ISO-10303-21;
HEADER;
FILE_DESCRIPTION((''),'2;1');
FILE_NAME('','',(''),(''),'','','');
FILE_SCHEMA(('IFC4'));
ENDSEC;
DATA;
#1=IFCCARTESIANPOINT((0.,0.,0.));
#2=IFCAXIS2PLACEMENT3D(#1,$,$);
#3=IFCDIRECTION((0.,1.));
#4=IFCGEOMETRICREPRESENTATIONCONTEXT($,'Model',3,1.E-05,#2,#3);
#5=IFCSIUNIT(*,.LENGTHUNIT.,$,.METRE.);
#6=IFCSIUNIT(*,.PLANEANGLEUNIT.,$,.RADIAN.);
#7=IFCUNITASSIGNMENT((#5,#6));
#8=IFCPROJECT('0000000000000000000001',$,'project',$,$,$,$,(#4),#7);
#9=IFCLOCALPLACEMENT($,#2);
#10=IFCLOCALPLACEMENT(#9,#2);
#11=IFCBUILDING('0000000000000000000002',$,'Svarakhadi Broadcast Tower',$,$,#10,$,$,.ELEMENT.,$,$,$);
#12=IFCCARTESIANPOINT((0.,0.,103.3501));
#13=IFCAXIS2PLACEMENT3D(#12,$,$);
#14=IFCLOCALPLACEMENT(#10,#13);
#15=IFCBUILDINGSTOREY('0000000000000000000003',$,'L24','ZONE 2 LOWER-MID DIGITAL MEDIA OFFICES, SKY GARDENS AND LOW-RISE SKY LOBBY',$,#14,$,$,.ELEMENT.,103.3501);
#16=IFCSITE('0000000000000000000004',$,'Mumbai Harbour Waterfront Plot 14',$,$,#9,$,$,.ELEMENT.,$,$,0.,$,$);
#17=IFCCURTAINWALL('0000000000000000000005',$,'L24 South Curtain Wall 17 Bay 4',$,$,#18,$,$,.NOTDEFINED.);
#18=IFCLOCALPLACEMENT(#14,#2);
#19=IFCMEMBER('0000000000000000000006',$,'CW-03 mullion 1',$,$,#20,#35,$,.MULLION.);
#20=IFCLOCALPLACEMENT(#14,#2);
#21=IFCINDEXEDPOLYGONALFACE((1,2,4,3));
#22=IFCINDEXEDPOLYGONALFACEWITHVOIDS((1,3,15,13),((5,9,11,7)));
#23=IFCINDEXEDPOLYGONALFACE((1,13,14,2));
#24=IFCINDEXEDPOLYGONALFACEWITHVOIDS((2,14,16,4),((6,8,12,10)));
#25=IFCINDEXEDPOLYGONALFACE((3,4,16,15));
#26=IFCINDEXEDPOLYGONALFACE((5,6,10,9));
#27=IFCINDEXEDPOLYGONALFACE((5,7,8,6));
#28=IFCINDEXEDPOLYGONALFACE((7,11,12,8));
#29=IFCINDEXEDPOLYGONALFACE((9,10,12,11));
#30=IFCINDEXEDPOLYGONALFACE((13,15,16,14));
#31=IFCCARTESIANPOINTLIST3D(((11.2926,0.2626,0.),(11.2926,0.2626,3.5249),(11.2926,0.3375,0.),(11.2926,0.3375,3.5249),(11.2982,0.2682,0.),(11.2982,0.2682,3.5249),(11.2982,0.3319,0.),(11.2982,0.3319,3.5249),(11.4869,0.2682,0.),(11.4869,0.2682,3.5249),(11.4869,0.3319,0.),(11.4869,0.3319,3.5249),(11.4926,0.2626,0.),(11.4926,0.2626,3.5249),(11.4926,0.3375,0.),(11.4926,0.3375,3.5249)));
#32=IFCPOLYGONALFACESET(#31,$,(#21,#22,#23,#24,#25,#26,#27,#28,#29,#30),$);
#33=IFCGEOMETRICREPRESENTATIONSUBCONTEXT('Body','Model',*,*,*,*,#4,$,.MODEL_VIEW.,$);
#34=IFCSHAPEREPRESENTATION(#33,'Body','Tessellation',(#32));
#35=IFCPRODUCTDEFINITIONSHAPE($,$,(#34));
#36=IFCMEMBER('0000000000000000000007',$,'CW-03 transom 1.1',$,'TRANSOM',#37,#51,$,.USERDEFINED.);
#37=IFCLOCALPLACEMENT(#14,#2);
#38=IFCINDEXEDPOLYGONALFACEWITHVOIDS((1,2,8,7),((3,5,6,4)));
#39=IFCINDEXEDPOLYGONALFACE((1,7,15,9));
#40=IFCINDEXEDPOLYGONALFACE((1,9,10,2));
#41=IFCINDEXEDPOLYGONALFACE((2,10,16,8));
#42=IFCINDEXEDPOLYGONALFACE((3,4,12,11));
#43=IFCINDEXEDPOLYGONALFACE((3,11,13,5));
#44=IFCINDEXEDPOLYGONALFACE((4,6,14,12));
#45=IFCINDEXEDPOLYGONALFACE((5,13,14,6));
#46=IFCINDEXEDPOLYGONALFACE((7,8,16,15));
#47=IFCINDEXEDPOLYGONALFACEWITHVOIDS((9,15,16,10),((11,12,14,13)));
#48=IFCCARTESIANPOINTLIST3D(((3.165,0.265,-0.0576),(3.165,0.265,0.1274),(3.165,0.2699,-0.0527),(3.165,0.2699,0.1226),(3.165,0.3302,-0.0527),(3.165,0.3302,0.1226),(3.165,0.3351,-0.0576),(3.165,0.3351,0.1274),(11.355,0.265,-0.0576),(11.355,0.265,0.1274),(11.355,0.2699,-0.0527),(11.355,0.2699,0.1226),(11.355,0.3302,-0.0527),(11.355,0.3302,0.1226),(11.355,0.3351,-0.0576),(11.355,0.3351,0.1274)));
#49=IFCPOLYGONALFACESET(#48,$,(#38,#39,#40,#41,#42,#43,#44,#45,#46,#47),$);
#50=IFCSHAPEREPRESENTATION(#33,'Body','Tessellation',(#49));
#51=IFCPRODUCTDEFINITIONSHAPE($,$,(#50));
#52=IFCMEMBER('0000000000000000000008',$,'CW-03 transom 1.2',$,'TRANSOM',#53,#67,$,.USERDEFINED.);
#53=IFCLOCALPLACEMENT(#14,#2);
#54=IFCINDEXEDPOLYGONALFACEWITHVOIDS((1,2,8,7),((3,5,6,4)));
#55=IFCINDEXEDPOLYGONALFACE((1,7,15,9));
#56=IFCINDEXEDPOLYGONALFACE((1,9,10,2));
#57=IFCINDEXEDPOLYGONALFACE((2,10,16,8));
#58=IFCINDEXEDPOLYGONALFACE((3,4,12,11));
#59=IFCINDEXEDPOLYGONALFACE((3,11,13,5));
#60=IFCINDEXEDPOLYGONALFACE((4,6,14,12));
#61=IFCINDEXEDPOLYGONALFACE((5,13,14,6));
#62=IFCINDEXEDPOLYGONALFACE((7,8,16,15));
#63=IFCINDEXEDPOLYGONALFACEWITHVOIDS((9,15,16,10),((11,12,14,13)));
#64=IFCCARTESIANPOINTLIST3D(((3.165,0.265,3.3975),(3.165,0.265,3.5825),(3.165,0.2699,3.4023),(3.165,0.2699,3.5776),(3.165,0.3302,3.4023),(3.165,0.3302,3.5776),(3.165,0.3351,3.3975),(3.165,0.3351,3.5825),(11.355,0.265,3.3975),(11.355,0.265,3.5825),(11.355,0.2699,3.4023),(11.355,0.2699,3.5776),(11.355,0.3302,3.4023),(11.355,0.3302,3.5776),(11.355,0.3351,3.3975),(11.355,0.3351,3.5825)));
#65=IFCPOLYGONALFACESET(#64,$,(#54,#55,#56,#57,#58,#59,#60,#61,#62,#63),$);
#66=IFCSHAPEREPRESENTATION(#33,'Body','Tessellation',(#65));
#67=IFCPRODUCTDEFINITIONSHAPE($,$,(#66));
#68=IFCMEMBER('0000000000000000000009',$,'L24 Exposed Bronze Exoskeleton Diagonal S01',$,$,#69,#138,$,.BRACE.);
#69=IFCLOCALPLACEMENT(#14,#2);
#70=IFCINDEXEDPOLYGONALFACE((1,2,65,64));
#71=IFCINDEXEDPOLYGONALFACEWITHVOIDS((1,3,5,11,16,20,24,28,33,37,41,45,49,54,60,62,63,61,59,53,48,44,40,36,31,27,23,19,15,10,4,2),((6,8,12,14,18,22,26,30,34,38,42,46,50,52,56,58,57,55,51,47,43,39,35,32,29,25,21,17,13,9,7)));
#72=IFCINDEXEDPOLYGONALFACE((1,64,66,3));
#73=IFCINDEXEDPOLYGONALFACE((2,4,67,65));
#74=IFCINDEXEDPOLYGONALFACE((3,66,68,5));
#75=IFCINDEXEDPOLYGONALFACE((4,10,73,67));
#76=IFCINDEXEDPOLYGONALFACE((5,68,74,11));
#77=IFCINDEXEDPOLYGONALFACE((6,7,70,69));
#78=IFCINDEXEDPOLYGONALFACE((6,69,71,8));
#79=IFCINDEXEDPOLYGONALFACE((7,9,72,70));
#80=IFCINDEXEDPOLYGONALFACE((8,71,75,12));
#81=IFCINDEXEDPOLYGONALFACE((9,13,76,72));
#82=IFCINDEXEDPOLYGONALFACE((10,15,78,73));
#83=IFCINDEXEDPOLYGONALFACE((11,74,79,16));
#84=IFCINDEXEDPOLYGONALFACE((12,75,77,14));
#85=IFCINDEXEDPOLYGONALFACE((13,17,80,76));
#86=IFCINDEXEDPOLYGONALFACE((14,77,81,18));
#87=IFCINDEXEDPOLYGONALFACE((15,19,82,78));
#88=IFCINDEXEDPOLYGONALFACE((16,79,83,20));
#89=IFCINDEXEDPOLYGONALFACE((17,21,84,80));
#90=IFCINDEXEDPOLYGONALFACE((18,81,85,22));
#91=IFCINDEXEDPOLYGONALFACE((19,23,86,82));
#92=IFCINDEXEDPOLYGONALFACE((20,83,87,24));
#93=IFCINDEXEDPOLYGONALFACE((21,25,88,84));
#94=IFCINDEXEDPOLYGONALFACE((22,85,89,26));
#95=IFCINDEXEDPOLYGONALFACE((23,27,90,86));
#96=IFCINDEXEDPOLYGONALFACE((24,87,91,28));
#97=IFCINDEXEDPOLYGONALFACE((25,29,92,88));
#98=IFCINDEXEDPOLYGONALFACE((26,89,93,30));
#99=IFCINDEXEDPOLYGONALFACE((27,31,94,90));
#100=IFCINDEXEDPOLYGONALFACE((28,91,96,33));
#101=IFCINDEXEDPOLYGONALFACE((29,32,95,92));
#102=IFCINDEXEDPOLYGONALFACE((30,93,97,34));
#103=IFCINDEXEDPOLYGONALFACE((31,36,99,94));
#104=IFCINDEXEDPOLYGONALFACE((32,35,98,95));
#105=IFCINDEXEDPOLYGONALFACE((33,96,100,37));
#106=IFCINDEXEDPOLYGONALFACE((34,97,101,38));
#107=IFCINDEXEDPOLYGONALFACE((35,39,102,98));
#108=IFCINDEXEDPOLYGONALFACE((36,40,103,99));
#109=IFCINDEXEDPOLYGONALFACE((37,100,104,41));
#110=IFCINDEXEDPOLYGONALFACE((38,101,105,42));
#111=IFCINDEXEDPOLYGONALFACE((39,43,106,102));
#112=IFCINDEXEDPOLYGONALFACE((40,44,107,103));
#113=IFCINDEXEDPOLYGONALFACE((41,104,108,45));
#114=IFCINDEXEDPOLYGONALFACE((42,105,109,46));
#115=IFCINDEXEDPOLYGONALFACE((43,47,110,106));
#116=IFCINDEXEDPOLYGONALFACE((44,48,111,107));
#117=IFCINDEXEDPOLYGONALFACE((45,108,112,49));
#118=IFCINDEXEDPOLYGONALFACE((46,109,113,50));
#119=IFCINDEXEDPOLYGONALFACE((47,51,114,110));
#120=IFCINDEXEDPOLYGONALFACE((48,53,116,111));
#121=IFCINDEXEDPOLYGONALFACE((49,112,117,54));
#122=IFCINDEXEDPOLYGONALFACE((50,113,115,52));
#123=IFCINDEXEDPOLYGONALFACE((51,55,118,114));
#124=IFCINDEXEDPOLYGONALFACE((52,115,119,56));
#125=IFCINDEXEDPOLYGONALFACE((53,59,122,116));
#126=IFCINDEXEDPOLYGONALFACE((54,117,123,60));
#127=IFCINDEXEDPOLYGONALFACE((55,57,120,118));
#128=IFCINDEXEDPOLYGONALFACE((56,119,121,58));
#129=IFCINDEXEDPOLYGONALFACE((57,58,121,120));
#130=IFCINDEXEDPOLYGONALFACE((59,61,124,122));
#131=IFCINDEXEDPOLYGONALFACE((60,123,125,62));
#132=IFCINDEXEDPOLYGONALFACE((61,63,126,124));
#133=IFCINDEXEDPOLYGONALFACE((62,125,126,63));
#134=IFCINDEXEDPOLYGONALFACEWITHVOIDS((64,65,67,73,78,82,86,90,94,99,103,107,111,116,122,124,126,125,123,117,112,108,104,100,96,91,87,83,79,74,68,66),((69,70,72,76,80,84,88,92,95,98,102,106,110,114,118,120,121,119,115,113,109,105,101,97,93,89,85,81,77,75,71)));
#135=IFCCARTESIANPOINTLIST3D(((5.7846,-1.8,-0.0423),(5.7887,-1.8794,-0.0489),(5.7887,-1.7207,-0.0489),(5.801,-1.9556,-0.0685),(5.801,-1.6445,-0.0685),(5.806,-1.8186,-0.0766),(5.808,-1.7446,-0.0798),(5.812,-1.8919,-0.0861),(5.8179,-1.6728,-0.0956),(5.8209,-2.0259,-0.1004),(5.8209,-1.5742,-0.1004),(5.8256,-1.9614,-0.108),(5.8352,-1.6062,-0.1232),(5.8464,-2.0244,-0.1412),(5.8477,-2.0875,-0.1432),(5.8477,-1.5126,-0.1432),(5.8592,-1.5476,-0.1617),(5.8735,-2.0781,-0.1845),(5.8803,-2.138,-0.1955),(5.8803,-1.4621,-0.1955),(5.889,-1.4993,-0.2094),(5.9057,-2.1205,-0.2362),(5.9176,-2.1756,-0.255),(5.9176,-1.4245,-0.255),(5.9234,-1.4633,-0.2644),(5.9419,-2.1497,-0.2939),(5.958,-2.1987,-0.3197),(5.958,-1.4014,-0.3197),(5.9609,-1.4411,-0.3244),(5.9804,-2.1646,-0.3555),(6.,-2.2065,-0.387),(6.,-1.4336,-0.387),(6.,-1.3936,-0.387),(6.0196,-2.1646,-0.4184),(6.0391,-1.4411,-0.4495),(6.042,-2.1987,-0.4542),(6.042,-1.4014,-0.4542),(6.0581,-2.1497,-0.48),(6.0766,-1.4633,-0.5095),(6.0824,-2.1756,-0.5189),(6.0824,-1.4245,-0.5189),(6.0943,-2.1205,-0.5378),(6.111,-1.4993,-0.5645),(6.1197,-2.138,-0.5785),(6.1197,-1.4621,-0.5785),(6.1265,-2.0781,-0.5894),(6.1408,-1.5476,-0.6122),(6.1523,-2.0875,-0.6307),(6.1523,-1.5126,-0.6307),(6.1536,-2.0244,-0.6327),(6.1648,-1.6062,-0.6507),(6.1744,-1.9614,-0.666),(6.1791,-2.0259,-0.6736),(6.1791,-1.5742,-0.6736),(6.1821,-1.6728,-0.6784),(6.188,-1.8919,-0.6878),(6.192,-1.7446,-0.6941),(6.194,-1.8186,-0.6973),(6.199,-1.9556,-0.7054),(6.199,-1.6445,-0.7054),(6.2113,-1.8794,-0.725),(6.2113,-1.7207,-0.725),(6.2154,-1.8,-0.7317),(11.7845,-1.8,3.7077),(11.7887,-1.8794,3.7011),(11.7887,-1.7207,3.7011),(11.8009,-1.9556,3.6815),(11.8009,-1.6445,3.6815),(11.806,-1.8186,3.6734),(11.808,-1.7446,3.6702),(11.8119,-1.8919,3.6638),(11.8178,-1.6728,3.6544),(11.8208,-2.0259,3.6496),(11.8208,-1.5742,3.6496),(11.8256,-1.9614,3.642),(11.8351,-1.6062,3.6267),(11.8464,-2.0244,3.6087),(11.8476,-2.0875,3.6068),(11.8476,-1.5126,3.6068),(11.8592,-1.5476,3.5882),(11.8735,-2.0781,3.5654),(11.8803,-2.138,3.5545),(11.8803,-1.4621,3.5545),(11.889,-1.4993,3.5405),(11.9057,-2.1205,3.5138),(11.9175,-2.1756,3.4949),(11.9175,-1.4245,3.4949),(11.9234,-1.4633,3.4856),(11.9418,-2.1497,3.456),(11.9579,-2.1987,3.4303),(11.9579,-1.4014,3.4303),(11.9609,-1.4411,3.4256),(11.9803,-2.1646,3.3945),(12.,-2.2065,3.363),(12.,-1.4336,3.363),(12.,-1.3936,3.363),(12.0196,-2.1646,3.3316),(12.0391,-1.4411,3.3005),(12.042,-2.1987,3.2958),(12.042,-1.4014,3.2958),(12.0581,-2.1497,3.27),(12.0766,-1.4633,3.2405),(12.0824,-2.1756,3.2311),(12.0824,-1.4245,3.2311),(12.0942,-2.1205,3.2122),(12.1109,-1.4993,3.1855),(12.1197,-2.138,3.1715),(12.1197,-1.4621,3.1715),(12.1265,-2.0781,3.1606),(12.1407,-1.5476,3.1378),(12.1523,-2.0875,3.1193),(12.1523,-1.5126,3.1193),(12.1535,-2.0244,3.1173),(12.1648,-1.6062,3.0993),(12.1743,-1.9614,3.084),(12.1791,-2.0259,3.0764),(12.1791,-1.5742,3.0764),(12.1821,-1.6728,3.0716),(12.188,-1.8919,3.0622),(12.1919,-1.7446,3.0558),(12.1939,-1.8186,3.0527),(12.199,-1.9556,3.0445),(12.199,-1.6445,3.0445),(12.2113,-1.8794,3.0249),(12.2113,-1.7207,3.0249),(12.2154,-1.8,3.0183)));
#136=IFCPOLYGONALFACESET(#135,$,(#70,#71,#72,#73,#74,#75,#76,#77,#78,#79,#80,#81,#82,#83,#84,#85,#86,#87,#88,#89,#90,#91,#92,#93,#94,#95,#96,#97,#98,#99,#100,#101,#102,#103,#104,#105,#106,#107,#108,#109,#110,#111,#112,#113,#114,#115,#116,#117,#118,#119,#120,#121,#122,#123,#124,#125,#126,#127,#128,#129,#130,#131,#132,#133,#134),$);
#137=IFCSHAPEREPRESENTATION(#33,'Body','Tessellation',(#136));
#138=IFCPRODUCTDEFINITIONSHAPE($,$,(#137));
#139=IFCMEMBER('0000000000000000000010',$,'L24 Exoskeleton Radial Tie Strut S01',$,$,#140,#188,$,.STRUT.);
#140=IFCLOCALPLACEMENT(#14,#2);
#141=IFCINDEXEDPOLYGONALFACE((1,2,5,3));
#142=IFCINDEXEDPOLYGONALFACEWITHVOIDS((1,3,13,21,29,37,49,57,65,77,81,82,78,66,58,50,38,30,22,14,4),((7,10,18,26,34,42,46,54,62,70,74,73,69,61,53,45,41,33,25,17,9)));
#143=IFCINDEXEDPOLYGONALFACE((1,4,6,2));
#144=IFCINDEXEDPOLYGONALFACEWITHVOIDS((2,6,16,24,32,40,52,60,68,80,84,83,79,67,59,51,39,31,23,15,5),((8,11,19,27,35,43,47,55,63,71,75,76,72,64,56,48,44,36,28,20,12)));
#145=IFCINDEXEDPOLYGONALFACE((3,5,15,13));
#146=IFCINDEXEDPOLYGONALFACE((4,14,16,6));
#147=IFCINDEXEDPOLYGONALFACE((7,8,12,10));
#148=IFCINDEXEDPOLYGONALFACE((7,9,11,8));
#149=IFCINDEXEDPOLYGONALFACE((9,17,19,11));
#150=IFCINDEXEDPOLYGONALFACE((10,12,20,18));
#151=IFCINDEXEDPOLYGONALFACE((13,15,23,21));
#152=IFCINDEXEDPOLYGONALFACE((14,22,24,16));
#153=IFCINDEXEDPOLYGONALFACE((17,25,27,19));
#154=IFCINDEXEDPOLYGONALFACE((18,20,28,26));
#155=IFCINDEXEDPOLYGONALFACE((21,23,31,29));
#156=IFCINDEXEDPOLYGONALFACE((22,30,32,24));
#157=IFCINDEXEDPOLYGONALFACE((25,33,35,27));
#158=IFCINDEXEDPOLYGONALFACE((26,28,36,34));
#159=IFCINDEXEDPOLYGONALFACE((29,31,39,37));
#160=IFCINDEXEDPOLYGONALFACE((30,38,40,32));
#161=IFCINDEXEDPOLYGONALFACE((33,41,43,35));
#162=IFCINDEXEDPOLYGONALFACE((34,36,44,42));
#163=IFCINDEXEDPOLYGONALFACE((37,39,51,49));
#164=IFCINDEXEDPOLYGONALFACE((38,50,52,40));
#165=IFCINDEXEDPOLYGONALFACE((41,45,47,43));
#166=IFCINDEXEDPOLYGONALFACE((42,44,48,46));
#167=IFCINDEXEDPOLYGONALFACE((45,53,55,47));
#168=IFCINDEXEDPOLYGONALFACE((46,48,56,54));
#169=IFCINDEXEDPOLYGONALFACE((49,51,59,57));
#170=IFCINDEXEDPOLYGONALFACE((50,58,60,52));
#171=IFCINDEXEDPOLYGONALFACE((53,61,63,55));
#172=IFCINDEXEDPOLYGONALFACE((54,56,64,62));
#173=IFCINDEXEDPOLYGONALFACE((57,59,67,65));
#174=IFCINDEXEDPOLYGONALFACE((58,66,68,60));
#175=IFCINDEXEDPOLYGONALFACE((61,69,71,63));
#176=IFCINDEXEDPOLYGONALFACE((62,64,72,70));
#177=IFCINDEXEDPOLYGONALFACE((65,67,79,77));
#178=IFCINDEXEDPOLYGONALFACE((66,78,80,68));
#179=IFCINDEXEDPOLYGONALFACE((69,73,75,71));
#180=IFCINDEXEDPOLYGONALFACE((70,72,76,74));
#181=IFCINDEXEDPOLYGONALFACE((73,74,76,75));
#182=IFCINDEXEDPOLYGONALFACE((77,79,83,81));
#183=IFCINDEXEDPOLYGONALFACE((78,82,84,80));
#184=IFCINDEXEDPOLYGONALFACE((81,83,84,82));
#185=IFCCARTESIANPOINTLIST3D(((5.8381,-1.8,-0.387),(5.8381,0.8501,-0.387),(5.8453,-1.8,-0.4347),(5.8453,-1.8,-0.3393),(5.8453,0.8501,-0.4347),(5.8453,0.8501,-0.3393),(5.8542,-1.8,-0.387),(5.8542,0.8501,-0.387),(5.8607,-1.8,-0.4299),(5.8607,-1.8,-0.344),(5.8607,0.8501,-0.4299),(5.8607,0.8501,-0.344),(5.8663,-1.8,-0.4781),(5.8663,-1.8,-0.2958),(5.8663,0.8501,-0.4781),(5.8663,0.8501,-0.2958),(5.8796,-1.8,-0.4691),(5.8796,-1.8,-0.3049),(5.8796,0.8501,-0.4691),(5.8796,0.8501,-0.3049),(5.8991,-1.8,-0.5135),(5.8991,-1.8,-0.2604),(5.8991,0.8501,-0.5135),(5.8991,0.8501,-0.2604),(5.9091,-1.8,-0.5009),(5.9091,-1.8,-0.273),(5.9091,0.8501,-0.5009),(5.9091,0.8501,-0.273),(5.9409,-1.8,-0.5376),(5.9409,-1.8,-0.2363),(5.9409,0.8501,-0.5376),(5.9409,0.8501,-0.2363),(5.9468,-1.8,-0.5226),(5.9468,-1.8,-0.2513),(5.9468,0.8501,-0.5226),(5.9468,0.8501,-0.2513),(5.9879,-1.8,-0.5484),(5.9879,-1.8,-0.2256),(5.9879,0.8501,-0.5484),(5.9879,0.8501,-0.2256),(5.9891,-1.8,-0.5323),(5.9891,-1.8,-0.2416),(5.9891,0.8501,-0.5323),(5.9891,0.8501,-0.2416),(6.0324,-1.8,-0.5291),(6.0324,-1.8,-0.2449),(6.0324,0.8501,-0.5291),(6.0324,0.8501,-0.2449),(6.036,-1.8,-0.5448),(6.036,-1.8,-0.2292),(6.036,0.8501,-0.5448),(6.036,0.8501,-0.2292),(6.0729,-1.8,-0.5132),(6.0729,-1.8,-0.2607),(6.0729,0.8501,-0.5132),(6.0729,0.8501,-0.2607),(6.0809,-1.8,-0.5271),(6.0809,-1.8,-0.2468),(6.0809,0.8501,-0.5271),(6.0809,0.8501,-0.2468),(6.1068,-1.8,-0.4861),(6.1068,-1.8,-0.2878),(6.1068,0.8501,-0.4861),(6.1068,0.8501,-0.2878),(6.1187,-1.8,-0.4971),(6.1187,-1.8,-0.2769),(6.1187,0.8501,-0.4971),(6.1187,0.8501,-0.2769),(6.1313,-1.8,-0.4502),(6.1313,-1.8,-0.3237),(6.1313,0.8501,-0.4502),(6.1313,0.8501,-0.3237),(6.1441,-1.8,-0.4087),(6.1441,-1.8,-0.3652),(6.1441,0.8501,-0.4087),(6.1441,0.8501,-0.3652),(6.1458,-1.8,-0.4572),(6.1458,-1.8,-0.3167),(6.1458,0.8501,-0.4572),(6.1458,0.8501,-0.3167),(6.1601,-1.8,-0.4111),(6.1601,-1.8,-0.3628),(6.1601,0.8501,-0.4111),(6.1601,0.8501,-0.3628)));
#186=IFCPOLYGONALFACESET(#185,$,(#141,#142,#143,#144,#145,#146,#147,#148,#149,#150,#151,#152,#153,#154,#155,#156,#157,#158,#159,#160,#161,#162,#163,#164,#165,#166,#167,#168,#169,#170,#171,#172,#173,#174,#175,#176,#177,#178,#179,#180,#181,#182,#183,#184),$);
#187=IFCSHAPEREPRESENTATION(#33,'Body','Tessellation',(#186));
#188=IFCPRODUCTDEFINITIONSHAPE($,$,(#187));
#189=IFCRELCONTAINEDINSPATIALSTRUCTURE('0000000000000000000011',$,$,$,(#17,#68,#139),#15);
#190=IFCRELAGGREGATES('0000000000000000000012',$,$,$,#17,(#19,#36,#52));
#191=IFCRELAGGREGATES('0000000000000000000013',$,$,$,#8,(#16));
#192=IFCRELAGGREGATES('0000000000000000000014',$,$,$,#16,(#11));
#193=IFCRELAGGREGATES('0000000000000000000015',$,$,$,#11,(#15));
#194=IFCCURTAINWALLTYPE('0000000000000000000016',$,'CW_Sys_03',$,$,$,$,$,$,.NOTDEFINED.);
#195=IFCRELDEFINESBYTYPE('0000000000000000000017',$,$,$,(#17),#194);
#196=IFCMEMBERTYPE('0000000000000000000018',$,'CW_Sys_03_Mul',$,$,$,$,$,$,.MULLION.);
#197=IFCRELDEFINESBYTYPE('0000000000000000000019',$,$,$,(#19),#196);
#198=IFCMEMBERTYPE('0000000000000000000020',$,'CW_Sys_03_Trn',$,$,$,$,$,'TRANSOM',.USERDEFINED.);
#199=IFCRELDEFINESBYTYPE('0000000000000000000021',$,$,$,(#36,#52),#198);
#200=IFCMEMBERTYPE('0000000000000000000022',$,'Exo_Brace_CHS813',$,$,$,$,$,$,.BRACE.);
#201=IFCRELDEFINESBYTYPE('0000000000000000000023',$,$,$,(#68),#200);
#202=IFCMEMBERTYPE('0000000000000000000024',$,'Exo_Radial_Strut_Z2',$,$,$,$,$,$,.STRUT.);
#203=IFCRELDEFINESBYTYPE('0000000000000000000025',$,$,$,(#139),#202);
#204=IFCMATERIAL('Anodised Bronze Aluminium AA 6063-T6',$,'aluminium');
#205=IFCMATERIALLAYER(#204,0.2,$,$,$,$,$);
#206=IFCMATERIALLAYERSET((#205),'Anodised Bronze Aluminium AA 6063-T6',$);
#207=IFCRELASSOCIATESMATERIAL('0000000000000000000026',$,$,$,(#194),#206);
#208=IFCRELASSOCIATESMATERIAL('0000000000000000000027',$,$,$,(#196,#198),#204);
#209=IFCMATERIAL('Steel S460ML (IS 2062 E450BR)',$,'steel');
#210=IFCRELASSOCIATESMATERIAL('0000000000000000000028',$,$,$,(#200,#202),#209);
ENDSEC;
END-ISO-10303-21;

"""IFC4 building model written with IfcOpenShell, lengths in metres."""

from ifc_helpers import new_model, si_unit, direction, frame, origin, origin_2d, place, context, subcontext, project, spatial, hollow_rectangle, hollow_circle, extrude, material, layer, layer_set, material_profile, profile_set, type_object, element, aggregate, save


model = new_model("IFC4")

# Units and contexts
model_context = context("Model", 3, precision=1e-05, world=origin(), true_north=direction((0.0, 1.0)))
body_context = subcontext(model_context, "Body", "Model", "MODEL_VIEW")
ifc_project = project(units=[si_unit("LENGTHUNIT", "METRE"), si_unit("PLANEANGLEUNIT", "RADIAN")], contexts=[model_context])

# Site, building, storey
site_placement = place(None, origin())
site = spatial("IfcSite", under=ifc_project, at=site_placement, Name="Mumbai Harbour Waterfront Plot 14", CompositionType="ELEMENT", RefElevation=0.0)
building_placement = place(site_placement, origin())
building = spatial("IfcBuilding", under=site, at=building_placement, Name="Svarakhadi Broadcast Tower", CompositionType="ELEMENT")
storey_placement = place(building_placement, frame((0.0, 0.0, 103.3501)))
storey = spatial("IfcBuildingStorey", under=building, at=storey_placement, Name="L24", Description="ZONE 2 LOWER-MID DIGITAL MEDIA OFFICES, SKY GARDENS AND LOW-RISE SKY LOBBY", CompositionType="ELEMENT", Elevation=103.3501)

# Shared definitions
ifc_material_1 = material(Name="Steel S460ML (IS 2062 E450BR)", Category="steel")

# Shared definitions
ifc_material_2 = material(Name="Anodised Bronze Aluminium AA 6063-T6", Category="aluminium")
ifc_layer_1 = layer(ifc_material_2, 0.2)
ifc_layer_set_1 = layer_set([ifc_layer_1], Name="Anodised Bronze Aluminium AA 6063-T6")
curtain_wall_type = type_object("IfcCurtainWallType", Name="CW_Sys_03", PredefinedType="NOTDEFINED", material=ifc_layer_set_1)
ifc_material_profile_1 = material_profile(ifc_material_2, hollow_rectangle(XDim=0.075, YDim=0.2, WallThickness=0.0056, at=origin_2d()), Name="ALU MULLION 200x75x6")
ifc_profile_set_1 = profile_set([ifc_material_profile_1], Name="Anodised Bronze Aluminium AA 6063-T6")
member_type_1 = type_object("IfcMemberType", Name="CW_Sys_03_Mul", PredefinedType="MULLION", material=ifc_profile_set_1)

# Curtain wall, members
curtain_wall_1_placement = place(storey_placement, origin())
curtain_wall_1 = element("IfcCurtainWall", 1, at=curtain_wall_1_placement, inside=storey, type_object=curtain_wall_type, Name="L24 South Curtain Wall 17 Bay 4", PredefinedType="NOTDEFINED")
member_1_placement = place(storey_placement, frame((11.3926, 0.3, 0.0), z_axis=(0.0, 0.0, 1.0), x_axis=(0.0, -1.0, 0.0)))
member_1 = element("IfcMember", 2, at=member_1_placement, type_object=member_type_1, Name="CW-03 mullion 1", PredefinedType="MULLION", context=body_context, shape_type="SweptSolid", body=[
    extrude(hollow_rectangle(XDim=0.075, YDim=0.2, WallThickness=0.0056, at=origin_2d()), origin(), (0.0, 0.0, 1.0), 3.5249),
])
ifc_material_profile_2 = material_profile(ifc_material_2, hollow_rectangle(XDim=0.0701, YDim=0.1851, WallThickness=0.0049, at=origin_2d()), Name="ALU TRANSOM 185x70x5")
ifc_profile_set_2 = profile_set([ifc_material_profile_2], Name="Anodised Bronze Aluminium AA 6063-T6")
member_type_2 = type_object("IfcMemberType", Name="CW_Sys_03_Trn", ElementType="TRANSOM", PredefinedType="USERDEFINED", material=ifc_profile_set_2)
member_2_placement = place(storey_placement, frame((11.355, 0.3, 0.0349), z_axis=(-1.0, 0.0, 0.0), x_axis=(0.0, -1.0, 0.0)))
member_2 = element("IfcMember", 3, at=member_2_placement, type_object=member_type_2, Name="CW-03 transom 1.1", ObjectType="TRANSOM", PredefinedType="USERDEFINED", context=body_context, shape_type="SweptSolid", body=[
    extrude(hollow_rectangle(XDim=0.0701, YDim=0.1851, WallThickness=0.0049, at=origin_2d()), origin(), (0.0, 0.0, 1.0), 8.1899),
])
member_3_placement = place(storey_placement, frame((11.355, 0.3, 3.49), z_axis=(-1.0, 0.0, 0.0), x_axis=(0.0, -1.0, 0.0)))
member_3 = element("IfcMember", 4, at=member_3_placement, type_object=member_type_2, Name="CW-03 transom 1.2", ObjectType="TRANSOM", PredefinedType="USERDEFINED", context=body_context, shape_type="SweptSolid", body=[
    extrude(hollow_rectangle(XDim=0.0701, YDim=0.1851, WallThickness=0.0049, at=origin_2d()), origin(), (0.0, 0.0, 1.0), 8.1899),
])

# Members
ifc_material_profile_3 = material_profile(ifc_material_1, hollow_circle(Radius=0.4065, WallThickness=0.04, at=origin_2d()), Name="CHS 813x40")
ifc_profile_set_3 = profile_set([ifc_material_profile_3], Name="Steel S460ML (IS 2062 E450BR)")
member_type_3 = type_object("IfcMemberType", Name="Exo_Brace_CHS813", PredefinedType="BRACE", material=ifc_profile_set_3)
member_4_placement = place(storey_placement, frame((6.0, -1.8, -0.387), z_axis=(0.847998, 0.0, 0.529999), x_axis=(0.0, 1.0, 0.0)))
element("IfcMember", 5, at=member_4_placement, inside=storey, type_object=member_type_3, Name="L24 Exposed Bronze Exoskeleton Diagonal S01", PredefinedType="BRACE", context=body_context, shape_type="SweptSolid", body=[
    extrude(hollow_circle(Radius=0.4065, WallThickness=0.04, at=origin_2d()), origin(), (0.0, 0.0, 1.0), 7.0754),
])
ifc_material_profile_4 = material_profile(ifc_material_1, hollow_circle(Radius=0.1619, WallThickness=0.0161, at=origin_2d()), Name="CHS 323.9x16")
ifc_profile_set_4 = profile_set([ifc_material_profile_4], Name="Steel S460ML (IS 2062 E450BR)")
member_type_4 = type_object("IfcMemberType", Name="Exo_Radial_Strut_Z2", PredefinedType="STRUT", material=ifc_profile_set_4)
member_5_placement = place(storey_placement, frame((6.0, -1.8, -0.387), z_axis=(0.0, 1.0, 0.0), x_axis=(-1.0, 0.0, 0.0)))
element("IfcMember", 6, at=member_5_placement, inside=storey, type_object=member_type_4, Name="L24 Exoskeleton Radial Tie Strut S01", PredefinedType="STRUT", context=body_context, shape_type="SweptSolid", body=[
    extrude(hollow_circle(Radius=0.1619, WallThickness=0.0161, at=origin_2d()), origin(), (0.0, 0.0, 1.0), 2.6501),
])

aggregate(curtain_wall_1, [member_1, member_2, member_3])

save(model, "model.ifc")
